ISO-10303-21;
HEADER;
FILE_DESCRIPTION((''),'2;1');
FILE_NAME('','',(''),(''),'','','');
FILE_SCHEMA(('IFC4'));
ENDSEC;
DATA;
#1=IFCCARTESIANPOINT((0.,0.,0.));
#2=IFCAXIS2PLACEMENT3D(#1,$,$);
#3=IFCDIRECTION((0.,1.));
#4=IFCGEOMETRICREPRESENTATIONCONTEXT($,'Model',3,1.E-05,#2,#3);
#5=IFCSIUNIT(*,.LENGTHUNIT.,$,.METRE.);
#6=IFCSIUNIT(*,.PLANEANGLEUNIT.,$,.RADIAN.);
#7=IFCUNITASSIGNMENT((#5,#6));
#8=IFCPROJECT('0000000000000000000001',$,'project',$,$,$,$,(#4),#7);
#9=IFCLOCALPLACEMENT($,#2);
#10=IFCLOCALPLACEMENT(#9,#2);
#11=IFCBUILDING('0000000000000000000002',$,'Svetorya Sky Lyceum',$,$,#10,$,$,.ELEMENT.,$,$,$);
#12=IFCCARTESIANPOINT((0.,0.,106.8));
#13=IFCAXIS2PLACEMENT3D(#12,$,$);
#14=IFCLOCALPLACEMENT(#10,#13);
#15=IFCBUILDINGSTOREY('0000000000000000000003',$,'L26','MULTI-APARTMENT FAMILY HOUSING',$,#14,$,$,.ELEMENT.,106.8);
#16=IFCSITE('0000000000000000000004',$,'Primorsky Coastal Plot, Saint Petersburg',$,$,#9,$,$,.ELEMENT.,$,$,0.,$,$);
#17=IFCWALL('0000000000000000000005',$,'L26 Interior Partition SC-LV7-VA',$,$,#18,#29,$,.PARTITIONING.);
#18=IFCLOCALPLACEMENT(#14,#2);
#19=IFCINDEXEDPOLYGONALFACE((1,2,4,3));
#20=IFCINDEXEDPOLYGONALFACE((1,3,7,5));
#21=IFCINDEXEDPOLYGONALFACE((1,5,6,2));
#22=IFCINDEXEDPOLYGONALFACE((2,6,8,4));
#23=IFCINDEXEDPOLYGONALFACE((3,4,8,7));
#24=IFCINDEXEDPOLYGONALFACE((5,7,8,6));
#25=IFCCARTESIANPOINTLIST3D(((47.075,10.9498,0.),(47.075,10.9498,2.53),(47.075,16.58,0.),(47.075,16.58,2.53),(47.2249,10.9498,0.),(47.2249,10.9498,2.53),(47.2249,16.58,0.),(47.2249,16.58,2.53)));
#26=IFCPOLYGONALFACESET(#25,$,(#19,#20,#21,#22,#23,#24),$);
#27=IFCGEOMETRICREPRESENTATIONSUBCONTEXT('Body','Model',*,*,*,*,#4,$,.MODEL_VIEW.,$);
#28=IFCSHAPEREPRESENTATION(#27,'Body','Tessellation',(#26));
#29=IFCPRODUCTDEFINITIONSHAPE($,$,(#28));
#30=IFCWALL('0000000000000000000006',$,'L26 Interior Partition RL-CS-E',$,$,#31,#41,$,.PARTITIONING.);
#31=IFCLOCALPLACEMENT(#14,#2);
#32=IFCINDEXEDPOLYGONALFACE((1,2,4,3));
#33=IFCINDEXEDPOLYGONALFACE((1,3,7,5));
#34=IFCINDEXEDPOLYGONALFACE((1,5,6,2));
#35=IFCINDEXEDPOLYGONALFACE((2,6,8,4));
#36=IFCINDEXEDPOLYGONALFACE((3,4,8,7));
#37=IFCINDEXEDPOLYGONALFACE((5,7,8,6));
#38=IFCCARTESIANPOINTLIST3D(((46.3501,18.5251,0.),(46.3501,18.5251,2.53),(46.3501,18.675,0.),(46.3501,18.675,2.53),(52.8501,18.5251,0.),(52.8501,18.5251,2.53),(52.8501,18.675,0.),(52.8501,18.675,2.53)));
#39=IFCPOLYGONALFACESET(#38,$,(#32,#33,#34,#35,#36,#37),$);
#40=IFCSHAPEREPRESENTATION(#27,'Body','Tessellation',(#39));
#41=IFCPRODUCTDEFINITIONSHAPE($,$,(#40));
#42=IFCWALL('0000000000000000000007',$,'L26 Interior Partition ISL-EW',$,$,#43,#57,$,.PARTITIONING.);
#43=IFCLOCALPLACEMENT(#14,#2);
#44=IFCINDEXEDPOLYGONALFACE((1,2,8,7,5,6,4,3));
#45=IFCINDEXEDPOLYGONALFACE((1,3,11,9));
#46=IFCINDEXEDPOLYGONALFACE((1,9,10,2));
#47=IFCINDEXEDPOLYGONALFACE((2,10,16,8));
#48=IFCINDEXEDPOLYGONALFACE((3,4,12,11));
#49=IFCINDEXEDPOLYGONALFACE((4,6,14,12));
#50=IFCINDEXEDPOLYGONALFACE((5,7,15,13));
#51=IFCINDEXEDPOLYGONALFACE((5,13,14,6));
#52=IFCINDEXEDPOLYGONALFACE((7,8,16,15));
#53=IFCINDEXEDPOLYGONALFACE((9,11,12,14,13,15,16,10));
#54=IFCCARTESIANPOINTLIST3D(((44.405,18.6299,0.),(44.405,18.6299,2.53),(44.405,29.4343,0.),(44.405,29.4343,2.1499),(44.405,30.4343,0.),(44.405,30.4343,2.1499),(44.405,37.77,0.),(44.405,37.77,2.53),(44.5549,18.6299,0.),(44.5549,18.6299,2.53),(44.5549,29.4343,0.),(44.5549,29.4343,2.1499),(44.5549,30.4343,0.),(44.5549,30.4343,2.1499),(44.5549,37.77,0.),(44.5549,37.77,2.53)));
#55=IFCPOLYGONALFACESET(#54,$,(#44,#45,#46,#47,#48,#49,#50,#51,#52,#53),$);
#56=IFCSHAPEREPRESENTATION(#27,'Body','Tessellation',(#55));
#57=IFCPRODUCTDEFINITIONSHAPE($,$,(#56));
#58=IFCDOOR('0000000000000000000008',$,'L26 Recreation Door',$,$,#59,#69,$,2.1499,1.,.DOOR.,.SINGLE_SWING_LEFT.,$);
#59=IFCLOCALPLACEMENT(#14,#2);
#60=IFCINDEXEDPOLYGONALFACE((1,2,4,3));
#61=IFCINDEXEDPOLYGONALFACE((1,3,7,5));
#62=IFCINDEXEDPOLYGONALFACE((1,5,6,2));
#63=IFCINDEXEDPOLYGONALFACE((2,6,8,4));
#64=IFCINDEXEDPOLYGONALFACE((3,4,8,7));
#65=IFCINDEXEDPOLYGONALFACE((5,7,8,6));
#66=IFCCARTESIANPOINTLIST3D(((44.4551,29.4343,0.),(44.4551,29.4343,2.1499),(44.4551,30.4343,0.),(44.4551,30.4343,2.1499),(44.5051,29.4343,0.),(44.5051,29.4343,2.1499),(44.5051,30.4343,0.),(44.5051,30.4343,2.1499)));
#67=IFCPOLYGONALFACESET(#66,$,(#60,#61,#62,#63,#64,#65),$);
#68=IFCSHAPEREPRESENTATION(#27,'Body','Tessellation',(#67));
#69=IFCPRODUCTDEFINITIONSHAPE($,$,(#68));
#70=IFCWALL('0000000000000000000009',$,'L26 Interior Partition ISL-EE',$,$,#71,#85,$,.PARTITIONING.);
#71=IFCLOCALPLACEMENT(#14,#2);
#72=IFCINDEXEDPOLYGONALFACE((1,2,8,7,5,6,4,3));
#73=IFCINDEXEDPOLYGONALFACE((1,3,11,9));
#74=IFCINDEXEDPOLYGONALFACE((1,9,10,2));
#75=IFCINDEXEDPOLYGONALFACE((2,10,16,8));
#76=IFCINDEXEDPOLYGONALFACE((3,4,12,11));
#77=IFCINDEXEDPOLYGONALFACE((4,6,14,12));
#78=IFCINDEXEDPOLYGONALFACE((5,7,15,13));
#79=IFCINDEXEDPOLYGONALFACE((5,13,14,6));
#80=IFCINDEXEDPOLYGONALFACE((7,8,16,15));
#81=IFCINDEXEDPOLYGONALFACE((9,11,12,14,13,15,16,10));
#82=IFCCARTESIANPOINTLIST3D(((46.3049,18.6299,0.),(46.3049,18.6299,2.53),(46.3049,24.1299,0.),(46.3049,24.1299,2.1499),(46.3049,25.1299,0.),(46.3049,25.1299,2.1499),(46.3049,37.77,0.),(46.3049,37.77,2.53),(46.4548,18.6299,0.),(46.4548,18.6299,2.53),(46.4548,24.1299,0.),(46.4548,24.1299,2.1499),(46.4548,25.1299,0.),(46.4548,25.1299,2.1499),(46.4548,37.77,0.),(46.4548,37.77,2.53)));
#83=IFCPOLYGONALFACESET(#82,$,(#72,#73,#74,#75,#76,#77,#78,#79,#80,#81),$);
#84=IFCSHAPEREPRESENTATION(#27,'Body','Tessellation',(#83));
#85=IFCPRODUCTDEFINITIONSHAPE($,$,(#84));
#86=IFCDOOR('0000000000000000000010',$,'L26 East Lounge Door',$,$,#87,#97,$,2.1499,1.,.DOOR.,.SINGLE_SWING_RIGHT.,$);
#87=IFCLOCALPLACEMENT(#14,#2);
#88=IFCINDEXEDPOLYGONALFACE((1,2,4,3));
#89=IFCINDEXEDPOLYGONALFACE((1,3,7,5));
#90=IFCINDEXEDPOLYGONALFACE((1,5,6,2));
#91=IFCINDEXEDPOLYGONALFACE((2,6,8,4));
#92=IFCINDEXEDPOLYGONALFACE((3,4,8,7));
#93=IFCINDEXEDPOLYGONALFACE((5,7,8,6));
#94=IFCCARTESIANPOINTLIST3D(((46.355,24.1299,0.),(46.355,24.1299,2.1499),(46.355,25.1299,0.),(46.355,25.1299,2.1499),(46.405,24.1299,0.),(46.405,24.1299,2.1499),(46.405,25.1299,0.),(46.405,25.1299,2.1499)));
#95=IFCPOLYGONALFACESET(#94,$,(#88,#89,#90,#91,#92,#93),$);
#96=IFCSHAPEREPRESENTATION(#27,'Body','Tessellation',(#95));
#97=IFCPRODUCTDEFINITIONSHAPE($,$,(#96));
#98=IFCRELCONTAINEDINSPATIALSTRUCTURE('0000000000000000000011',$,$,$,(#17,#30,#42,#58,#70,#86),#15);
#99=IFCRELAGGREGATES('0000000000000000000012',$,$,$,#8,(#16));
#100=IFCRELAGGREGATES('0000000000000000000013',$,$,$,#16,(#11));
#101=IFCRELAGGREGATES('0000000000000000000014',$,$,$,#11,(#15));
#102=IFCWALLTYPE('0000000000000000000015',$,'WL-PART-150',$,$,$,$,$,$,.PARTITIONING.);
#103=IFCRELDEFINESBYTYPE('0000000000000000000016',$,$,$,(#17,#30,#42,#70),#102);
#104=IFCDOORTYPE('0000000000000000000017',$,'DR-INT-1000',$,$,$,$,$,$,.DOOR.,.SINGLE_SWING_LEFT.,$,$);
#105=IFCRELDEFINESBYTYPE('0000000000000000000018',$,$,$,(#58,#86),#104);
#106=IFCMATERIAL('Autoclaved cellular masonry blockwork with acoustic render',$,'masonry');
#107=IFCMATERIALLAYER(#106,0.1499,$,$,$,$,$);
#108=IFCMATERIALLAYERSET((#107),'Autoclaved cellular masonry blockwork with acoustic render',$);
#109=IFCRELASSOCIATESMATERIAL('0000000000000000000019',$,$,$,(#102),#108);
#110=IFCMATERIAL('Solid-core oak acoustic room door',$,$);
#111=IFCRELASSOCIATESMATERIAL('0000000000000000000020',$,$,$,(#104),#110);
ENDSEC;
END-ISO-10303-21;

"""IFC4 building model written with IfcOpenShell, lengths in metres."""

from ifc_helpers import new_model, si_unit, direction, frame, frame_2d, origin, place, context, subcontext, project, spatial, rectangle, extrude, material, layer, layer_set, type_object, element, fill, save


model = new_model("IFC4")

# Units and contexts
model_context = context("Model", 3, precision=1e-05, world=origin(), true_north=direction((0.0, 1.0)))
body_context = subcontext(model_context, "Body", "Model", "MODEL_VIEW")
ifc_project = project(units=[si_unit("LENGTHUNIT", "METRE"), si_unit("PLANEANGLEUNIT", "RADIAN")], contexts=[model_context])

# Site, building, storey
site_placement = place(None, origin())
site = spatial("IfcSite", under=ifc_project, at=site_placement, Name="Primorsky Coastal Plot, Saint Petersburg", CompositionType="ELEMENT", RefElevation=0.0)
building_placement = place(site_placement, origin())
building = spatial("IfcBuilding", under=site, at=building_placement, Name="Svetorya Sky Lyceum", CompositionType="ELEMENT")
storey_placement = place(building_placement, frame((0.0, 0.0, 106.8)))
storey = spatial("IfcBuildingStorey", under=building, at=storey_placement, Name="L26", Description="MULTI-APARTMENT FAMILY HOUSING", CompositionType="ELEMENT", Elevation=106.8)

# Walls
ifc_material_1 = material(Name="Autoclaved cellular masonry blockwork with acoustic render", Category="masonry")
ifc_layer_1 = layer(ifc_material_1, 0.1499)
ifc_layer_set_1 = layer_set([ifc_layer_1], Name="Autoclaved cellular masonry blockwork with acoustic render")
wall_type_1 = type_object("IfcWallType", Name="WL-PART-150", PredefinedType="PARTITIONING", material=ifc_layer_set_1)
wall_1_placement = place(storey_placement, frame((47.1499, 10.95, 0.0), z_axis=(0.0, 0.0, 1.0), x_axis=(0.0, 1.0, 0.0)))
element("IfcWall", 1, at=wall_1_placement, inside=storey, type_object=wall_type_1, Name="L26 Interior Partition SC-LV7-VA", PredefinedType="PARTITIONING", context=body_context, shape_type="SweptSolid", body=[
    extrude(rectangle(XDim=5.6301, YDim=0.1499, at=frame_2d((2.8149, 0.0))), origin(), (0.0, 0.0, 1.0), 2.53),
])
wall_2_placement = place(storey_placement, frame((46.3501, 18.6001, 0.0), z_axis=(0.0, 0.0, 1.0), x_axis=(1.0, 0.0, 0.0)))
element("IfcWall", 2, at=wall_2_placement, inside=storey, type_object=wall_type_1, Name="L26 Interior Partition RL-CS-E", PredefinedType="PARTITIONING", context=body_context, shape_type="SweptSolid", body=[
    extrude(rectangle(XDim=6.5, YDim=0.1499, at=frame_2d((3.25, 0.0))), origin(), (0.0, 0.0, 1.0), 2.53),
])

# Walls, openings, doors
wall_3_placement = place(storey_placement, frame((44.48, 18.6299, 0.0), z_axis=(0.0, 0.0, 1.0), x_axis=(0.0, 1.0, 0.0)))
wall_3 = element("IfcWall", 3, at=wall_3_placement, inside=storey, type_object=wall_type_1, Name="L26 Interior Partition ISL-EW", PredefinedType="PARTITIONING", context=body_context, shape_type="SweptSolid", body=[
    extrude(rectangle(XDim=19.1401, YDim=0.1499, at=frame_2d((9.5701, 0.0))), origin(), (0.0, 0.0, 1.0), 2.53),
])
opening_1_placement = place(wall_3_placement, frame((10.8044, 0.0, 0.0)))
opening_1 = element("IfcOpeningElement", 4, at=opening_1_placement, cuts=wall_3, PredefinedType="OPENING", context=body_context, shape_type="SweptSolid", body=[
    extrude(rectangle(XDim=1.0, YDim=2.1499, at=frame_2d((0.5, 1.075))), frame((0.0, 0.085, 0.0), z_axis=(0.0, -1.0, 0.0), x_axis=(1.0, 0.0, 0.0)), (0.0, 0.0, 1.0), 0.1699),
])
ifc_material_2 = material(Name="Solid-core oak acoustic room door")
door_type_1 = type_object("IfcDoorType", Name="DR-INT-1000", OperationType="SINGLE_SWING_LEFT", PredefinedType="DOOR", material=ifc_material_2)
door_1_placement = place(opening_1_placement, origin())
door_1 = element("IfcDoor", 5, at=door_1_placement, inside=storey, type_object=door_type_1, Name="L26 Recreation Door", OperationType="SINGLE_SWING_LEFT", OverallHeight=2.1499, OverallWidth=1.0, PredefinedType="DOOR", context=body_context, shape_type="SweptSolid", body=[
    extrude(rectangle(XDim=1.0, YDim=2.1499, at=frame_2d((0.5, 1.075))), frame((0.0, 0.0249, 0.0), z_axis=(0.0, -1.0, 0.0), x_axis=(1.0, 0.0, 0.0)), (0.0, 0.0, 1.0), 0.05),
])
fill(opening_1, door_1)
wall_4_placement = place(storey_placement, frame((46.3799, 18.6299, 0.0), z_axis=(0.0, 0.0, 1.0), x_axis=(0.0, 1.0, 0.0)))
wall_4 = element("IfcWall", 6, at=wall_4_placement, inside=storey, type_object=wall_type_1, Name="L26 Interior Partition ISL-EE", PredefinedType="PARTITIONING", context=body_context, shape_type="SweptSolid", body=[
    extrude(rectangle(XDim=19.1401, YDim=0.1499, at=frame_2d((9.5701, 0.0))), origin(), (0.0, 0.0, 1.0), 2.53),
])
opening_2_placement = place(wall_4_placement, frame((5.5, 0.0, 0.0)))
opening_2 = element("IfcOpeningElement", 7, at=opening_2_placement, cuts=wall_4, PredefinedType="OPENING", context=body_context, shape_type="SweptSolid", body=[
    extrude(rectangle(XDim=1.0, YDim=2.1499, at=frame_2d((0.5, 1.075))), frame((0.0, 0.085, 0.0), z_axis=(0.0, -1.0, 0.0), x_axis=(1.0, 0.0, 0.0)), (0.0, 0.0, 1.0), 0.1699),
])
door_2_placement = place(opening_2_placement, origin())
door_2 = element("IfcDoor", 8, at=door_2_placement, inside=storey, type_object=door_type_1, Name="L26 East Lounge Door", OperationType="SINGLE_SWING_RIGHT", OverallHeight=2.1499, OverallWidth=1.0, PredefinedType="DOOR", context=body_context, shape_type="SweptSolid", body=[
    extrude(rectangle(XDim=1.0, YDim=2.1499, at=frame_2d((0.5, 1.075))), frame((0.0, 0.0249, 0.0), z_axis=(0.0, -1.0, 0.0), x_axis=(1.0, 0.0, 0.0)), (0.0, 0.0, 1.0), 0.05),
])
fill(opening_2, door_2)

save(model, "model.ifc")
